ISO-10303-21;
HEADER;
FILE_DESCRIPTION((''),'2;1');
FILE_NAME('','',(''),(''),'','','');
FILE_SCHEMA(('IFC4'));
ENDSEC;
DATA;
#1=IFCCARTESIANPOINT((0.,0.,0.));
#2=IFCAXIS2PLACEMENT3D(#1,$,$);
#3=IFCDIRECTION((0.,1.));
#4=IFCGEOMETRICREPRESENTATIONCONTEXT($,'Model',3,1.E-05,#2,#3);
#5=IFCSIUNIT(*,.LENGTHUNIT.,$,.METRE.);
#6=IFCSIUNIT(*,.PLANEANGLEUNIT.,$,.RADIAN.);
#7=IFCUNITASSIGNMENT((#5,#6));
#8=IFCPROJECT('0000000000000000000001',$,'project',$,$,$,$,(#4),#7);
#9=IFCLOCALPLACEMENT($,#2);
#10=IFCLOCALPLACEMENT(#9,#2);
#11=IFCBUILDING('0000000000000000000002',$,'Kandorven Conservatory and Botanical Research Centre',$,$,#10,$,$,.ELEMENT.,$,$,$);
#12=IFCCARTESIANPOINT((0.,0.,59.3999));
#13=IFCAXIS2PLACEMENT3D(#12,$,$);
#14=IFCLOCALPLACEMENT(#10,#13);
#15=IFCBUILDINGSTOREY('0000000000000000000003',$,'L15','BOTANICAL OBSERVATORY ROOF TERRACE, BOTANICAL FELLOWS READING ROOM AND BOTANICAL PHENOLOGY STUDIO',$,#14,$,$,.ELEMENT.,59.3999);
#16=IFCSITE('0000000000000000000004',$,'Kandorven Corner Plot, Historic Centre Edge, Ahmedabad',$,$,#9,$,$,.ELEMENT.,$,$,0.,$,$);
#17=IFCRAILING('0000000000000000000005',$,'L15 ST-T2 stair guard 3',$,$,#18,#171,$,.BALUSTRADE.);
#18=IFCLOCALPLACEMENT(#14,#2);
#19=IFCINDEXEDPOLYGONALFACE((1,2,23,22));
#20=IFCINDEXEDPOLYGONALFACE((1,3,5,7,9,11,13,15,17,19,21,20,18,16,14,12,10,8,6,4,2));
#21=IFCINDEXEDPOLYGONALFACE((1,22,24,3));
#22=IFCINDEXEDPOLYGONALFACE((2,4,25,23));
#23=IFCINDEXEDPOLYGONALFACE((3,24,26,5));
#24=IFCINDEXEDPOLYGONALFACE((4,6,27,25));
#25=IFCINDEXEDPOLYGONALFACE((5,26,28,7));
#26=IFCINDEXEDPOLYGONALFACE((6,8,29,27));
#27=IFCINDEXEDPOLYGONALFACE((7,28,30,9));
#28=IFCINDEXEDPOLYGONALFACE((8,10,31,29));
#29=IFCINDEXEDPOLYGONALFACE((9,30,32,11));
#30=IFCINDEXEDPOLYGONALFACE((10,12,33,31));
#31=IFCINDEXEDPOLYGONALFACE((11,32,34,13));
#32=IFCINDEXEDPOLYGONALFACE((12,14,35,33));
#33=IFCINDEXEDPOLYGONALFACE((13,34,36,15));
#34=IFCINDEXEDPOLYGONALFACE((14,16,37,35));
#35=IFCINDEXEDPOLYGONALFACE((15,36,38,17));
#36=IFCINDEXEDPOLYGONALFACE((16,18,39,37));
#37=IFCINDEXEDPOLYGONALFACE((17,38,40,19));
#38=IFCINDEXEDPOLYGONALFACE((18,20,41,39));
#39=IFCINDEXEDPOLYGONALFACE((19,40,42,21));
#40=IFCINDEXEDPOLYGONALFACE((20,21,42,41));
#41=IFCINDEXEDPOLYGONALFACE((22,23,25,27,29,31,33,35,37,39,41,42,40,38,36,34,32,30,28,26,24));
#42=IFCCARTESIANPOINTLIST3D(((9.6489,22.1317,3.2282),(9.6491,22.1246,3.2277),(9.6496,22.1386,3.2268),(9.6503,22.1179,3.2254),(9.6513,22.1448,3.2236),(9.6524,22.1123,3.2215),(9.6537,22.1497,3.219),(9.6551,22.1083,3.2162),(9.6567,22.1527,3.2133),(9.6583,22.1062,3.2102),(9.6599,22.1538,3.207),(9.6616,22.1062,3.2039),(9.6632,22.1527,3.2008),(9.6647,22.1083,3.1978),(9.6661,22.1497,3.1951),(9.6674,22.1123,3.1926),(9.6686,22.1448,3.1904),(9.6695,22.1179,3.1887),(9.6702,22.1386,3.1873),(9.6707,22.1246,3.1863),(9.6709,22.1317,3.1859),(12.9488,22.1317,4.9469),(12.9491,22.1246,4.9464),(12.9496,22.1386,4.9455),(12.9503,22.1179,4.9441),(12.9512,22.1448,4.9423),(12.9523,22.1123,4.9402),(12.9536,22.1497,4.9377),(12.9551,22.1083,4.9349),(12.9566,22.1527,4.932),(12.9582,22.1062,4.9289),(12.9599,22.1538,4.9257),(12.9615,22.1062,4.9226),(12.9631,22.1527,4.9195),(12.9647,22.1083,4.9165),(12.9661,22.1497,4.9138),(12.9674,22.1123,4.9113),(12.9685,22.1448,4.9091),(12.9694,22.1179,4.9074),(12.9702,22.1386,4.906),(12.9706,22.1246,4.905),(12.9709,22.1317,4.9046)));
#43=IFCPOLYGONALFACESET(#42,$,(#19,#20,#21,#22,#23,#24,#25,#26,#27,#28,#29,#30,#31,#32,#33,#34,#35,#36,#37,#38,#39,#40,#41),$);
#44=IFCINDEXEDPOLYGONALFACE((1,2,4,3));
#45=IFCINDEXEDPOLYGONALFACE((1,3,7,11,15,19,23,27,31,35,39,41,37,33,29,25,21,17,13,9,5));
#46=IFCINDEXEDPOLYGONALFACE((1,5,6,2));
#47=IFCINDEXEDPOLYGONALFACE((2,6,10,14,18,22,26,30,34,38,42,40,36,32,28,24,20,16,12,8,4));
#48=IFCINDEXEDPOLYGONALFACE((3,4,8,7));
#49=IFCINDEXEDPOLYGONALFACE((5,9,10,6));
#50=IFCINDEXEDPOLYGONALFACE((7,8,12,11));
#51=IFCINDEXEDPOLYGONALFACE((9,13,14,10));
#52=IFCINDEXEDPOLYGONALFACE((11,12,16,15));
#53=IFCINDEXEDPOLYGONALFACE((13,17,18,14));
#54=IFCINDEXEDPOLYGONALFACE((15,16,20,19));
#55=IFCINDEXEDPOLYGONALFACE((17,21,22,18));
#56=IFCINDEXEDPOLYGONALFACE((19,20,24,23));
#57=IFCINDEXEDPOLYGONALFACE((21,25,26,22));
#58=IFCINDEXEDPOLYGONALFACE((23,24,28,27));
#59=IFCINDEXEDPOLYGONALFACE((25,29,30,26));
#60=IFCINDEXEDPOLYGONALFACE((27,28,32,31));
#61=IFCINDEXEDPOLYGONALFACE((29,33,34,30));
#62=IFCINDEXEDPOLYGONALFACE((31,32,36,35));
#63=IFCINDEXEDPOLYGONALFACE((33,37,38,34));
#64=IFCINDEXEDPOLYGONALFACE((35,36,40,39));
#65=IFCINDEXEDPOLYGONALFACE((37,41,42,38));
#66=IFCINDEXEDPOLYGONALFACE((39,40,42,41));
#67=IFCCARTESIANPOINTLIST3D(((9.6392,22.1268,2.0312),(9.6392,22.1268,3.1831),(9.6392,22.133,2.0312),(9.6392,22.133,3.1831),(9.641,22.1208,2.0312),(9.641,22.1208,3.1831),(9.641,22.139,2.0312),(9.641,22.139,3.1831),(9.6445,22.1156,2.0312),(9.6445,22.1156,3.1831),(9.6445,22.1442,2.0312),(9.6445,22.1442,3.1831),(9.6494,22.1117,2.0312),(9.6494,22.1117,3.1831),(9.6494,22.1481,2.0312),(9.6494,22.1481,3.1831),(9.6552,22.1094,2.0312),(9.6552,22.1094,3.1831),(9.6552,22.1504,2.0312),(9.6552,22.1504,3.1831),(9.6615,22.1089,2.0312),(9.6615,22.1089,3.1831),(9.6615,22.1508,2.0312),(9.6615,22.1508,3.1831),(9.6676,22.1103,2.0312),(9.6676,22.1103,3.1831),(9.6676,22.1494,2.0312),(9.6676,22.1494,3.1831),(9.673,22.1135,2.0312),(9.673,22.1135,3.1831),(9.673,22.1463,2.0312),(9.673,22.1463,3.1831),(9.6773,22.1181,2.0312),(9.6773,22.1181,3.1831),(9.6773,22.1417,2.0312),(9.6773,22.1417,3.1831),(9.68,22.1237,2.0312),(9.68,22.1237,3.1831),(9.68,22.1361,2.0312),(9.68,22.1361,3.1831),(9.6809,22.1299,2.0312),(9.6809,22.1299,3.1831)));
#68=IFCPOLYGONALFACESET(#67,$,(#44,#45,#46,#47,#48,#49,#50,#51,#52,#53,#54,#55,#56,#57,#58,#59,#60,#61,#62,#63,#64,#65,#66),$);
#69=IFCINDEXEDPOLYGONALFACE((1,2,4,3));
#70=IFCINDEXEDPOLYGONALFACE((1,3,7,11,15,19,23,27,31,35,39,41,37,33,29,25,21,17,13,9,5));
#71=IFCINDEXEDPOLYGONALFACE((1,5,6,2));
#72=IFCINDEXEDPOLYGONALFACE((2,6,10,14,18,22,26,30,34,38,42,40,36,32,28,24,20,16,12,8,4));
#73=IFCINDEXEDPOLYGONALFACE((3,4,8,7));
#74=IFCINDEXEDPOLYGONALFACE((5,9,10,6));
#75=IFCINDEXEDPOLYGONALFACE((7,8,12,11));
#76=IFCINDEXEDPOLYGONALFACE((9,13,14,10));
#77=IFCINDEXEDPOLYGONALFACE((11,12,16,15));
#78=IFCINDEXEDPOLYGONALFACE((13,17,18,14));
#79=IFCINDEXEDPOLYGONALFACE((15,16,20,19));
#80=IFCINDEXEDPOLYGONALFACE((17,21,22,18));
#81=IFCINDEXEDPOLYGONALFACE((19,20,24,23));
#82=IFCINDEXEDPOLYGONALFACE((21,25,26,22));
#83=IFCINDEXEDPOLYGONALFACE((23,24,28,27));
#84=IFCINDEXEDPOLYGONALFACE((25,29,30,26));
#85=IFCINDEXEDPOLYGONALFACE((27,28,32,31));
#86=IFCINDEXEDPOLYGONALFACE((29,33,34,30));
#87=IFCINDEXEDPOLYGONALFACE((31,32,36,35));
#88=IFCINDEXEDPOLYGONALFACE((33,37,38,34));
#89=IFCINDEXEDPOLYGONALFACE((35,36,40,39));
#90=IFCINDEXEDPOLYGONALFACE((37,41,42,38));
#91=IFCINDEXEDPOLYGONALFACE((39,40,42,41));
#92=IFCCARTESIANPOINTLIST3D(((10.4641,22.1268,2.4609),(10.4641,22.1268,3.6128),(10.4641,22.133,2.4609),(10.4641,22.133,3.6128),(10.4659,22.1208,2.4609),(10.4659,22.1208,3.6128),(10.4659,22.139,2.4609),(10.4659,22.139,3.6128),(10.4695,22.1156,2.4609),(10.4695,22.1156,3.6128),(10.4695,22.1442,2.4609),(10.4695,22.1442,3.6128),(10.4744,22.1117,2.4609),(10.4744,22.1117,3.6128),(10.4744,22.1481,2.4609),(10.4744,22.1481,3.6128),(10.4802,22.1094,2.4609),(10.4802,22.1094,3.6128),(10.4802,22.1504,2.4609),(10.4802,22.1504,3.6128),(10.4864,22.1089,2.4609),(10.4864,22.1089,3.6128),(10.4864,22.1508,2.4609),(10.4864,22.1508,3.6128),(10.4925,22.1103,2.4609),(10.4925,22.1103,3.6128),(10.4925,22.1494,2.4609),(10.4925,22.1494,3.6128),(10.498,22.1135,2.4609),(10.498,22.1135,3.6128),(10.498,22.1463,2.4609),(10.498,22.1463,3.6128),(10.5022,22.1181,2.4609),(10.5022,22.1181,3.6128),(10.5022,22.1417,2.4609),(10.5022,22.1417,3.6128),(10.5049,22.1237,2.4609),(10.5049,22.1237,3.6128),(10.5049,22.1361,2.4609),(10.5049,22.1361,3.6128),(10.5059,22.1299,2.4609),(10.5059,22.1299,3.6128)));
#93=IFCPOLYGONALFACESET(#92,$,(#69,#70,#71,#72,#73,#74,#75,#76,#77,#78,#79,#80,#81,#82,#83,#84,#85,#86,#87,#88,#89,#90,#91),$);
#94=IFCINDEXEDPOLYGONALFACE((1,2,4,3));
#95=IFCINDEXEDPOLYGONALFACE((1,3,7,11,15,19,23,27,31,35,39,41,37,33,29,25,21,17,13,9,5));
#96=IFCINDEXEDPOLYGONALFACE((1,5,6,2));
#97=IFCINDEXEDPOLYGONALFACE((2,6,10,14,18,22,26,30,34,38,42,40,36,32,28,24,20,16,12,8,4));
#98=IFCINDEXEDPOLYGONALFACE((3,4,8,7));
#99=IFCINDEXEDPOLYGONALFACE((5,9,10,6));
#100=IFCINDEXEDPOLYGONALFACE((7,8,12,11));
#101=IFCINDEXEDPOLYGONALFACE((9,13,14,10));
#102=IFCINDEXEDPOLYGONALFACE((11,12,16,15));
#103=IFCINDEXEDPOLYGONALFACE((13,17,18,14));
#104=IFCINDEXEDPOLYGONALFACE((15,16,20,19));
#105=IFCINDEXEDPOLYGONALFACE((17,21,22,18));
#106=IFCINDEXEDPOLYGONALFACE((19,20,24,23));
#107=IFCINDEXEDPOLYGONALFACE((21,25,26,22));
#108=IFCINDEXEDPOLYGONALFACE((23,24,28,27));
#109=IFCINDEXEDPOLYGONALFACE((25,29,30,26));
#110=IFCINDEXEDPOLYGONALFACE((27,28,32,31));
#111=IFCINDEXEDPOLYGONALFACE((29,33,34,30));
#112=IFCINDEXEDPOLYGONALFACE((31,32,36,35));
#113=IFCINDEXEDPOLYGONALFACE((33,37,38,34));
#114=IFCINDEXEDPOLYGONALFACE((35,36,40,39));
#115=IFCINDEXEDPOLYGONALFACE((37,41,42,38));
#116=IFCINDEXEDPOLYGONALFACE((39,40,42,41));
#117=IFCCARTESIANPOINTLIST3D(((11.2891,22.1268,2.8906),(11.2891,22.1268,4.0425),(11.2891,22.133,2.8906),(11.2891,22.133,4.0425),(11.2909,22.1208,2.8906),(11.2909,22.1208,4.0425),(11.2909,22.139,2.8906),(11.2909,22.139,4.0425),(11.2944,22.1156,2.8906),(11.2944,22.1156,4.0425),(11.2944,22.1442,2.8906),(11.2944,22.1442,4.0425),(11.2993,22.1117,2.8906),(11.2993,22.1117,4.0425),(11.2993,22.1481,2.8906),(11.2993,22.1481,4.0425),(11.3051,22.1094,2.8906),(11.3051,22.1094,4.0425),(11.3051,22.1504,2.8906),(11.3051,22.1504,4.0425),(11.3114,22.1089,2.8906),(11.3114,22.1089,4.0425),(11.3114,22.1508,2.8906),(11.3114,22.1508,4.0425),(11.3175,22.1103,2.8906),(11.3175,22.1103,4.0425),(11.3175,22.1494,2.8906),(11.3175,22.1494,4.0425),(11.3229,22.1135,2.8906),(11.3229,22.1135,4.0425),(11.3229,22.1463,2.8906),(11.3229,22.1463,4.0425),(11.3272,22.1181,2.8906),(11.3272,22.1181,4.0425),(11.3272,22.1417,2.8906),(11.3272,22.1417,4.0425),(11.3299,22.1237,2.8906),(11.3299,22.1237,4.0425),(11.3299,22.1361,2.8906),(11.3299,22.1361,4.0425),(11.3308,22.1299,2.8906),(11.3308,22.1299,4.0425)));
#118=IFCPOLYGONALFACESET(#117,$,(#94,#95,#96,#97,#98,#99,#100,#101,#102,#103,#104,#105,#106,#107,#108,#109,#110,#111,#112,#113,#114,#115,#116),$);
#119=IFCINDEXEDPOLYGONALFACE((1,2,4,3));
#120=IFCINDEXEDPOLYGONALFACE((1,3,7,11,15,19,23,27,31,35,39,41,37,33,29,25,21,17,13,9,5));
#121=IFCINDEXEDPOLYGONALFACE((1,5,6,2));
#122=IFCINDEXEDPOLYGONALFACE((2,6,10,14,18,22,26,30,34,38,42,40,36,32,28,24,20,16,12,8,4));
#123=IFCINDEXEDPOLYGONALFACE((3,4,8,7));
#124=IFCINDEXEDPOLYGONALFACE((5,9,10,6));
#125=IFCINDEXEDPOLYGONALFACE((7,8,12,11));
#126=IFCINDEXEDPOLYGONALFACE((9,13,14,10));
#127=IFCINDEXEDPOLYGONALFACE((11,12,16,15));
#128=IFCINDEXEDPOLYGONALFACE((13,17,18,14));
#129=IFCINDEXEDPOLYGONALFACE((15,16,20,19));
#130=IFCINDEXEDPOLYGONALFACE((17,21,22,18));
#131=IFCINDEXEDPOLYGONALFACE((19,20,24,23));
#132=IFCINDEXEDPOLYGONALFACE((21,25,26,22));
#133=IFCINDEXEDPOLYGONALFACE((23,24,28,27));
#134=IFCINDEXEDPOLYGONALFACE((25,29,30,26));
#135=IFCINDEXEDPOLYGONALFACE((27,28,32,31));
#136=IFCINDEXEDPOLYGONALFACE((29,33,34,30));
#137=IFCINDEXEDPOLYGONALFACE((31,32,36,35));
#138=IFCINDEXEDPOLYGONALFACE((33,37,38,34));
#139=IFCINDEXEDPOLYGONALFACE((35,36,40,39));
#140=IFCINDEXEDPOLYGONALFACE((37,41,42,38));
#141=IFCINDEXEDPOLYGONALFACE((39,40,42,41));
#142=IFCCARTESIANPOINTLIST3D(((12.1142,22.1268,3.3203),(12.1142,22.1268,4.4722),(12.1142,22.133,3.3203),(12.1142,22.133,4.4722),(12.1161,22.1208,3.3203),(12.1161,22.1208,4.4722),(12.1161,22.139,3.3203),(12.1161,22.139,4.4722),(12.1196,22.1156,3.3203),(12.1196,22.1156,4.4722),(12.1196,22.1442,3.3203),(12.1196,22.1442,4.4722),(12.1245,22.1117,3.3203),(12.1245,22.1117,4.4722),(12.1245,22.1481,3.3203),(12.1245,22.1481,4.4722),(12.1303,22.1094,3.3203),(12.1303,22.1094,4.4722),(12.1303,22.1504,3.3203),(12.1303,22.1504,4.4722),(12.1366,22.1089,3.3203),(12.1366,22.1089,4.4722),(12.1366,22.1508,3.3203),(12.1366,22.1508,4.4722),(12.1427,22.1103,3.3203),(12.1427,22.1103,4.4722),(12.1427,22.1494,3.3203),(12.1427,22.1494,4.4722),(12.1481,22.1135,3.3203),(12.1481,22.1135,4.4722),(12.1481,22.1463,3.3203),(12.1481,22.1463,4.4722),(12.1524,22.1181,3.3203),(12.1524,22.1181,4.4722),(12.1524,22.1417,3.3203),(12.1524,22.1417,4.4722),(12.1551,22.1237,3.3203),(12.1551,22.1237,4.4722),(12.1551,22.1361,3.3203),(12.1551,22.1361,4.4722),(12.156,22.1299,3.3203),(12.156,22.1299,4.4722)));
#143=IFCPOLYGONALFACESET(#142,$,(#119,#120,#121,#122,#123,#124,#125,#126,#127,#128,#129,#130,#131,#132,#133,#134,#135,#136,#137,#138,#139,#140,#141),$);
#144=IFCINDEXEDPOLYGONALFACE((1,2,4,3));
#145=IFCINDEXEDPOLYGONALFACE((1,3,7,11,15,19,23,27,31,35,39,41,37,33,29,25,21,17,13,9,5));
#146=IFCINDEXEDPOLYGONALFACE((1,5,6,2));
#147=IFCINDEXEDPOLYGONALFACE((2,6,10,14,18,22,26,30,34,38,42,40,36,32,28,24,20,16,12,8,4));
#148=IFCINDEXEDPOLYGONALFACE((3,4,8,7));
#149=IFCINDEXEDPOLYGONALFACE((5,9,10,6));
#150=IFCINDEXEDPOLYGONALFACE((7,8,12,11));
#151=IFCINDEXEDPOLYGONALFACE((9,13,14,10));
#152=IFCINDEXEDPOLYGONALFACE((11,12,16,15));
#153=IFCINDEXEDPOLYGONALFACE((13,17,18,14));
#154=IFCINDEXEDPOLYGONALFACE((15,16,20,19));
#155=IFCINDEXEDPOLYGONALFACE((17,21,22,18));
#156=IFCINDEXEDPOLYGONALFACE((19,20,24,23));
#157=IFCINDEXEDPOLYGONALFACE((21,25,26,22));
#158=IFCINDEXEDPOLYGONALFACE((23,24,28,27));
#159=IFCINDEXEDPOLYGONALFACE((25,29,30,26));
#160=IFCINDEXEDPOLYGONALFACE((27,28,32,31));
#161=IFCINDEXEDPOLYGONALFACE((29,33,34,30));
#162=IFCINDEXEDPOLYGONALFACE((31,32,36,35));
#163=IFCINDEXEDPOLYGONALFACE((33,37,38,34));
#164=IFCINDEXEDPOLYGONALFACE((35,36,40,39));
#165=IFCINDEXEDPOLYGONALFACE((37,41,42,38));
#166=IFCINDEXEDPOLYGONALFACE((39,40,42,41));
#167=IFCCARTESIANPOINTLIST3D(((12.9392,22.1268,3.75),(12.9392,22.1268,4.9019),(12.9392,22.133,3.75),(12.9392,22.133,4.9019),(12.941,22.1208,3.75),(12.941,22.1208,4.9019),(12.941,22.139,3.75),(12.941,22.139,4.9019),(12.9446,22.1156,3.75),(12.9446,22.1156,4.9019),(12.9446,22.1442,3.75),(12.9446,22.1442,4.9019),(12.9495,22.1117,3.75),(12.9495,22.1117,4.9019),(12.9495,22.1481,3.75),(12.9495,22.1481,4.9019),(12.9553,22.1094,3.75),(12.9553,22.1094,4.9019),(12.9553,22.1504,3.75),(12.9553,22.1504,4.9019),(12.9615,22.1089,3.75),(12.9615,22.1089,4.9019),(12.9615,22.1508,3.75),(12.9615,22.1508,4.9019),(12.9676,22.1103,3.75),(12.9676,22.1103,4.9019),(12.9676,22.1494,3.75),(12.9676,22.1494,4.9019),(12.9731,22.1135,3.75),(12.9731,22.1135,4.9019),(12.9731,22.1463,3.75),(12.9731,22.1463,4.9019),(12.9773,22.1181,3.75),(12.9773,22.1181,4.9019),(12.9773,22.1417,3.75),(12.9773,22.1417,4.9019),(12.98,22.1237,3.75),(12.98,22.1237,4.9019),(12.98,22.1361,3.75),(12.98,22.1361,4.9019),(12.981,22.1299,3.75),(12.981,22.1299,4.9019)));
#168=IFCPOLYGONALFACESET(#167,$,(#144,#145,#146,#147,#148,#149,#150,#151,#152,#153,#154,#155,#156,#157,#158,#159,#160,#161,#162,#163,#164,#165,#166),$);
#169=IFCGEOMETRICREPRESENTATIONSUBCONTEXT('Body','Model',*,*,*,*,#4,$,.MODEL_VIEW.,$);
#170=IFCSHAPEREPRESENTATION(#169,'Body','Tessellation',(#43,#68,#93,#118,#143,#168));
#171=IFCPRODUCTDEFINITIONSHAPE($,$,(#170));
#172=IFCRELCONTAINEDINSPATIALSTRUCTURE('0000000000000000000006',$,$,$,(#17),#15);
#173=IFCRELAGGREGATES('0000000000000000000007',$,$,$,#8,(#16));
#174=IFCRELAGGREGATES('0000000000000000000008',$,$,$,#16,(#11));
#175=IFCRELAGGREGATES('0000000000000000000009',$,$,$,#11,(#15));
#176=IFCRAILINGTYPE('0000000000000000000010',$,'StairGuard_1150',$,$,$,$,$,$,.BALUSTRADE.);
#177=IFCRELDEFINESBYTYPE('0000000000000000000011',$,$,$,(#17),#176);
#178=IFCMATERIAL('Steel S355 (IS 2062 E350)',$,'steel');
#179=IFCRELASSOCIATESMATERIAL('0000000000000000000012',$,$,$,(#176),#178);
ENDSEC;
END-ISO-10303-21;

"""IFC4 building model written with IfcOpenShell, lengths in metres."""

from ifc_helpers import new_model, si_unit, direction, frame, origin, origin_2d, place, context, subcontext, project, spatial, circle, extrude, material, type_object, element, save


model = new_model("IFC4")

# Units and contexts
model_context = context("Model", 3, precision=1e-05, world=origin(), true_north=direction((0.0, 1.0)))
body_context = subcontext(model_context, "Body", "Model", "MODEL_VIEW")
ifc_project = project(units=[si_unit("LENGTHUNIT", "METRE"), si_unit("PLANEANGLEUNIT", "RADIAN")], contexts=[model_context])

# Site, building, storey
site_placement = place(None, origin())
site = spatial("IfcSite", under=ifc_project, at=site_placement, Name="Kandorven Corner Plot, Historic Centre Edge, Ahmedabad", CompositionType="ELEMENT", RefElevation=0.0)
building_placement = place(site_placement, origin())
building = spatial("IfcBuilding", under=site, at=building_placement, Name="Kandorven Conservatory and Botanical Research Centre", CompositionType="ELEMENT")
storey_placement = place(building_placement, frame((0.0, 0.0, 59.3999)))
storey = spatial("IfcBuildingStorey", under=building, at=storey_placement, Name="L15", Description="BOTANICAL OBSERVATORY ROOF TERRACE, BOTANICAL FELLOWS READING ROOM AND BOTANICAL PHENOLOGY STUDIO", CompositionType="ELEMENT", Elevation=59.3999)

# Railing
ifc_material_1 = material(Name="Steel S355 (IS 2062 E350)", Category="steel")
railing_type_1 = type_object("IfcRailingType", Name="StairGuard_1150", PredefinedType="BALUSTRADE", material=ifc_material_1)
railing_1_placement = place(storey_placement, frame((9.6599, 22.1299, 2.0312)))
element("IfcRailing", 1, at=railing_1_placement, inside=storey, type_object=railing_type_1, Name="L15 ST-T2 stair guard 3", PredefinedType="BALUSTRADE", context=body_context, shape_type="SweptSolid", body=[
    extrude(circle(Radius=0.0239, at=origin_2d()), frame((0.0, 0.0, 1.1758), z_axis=(0.886917, 0.0, 0.461929), x_axis=(0.0, 1.0, 0.0)), (0.0, 0.0, 1.0), 3.7207),
    extrude(circle(Radius=0.021, at=origin_2d()), origin(), (0.0, 0.0, 1.0), 1.1519),
    extrude(circle(Radius=0.021, at=origin_2d()), frame((0.825, 0.0, 0.4297)), (0.0, 0.0, 1.0), 1.1519),
    extrude(circle(Radius=0.021, at=origin_2d()), frame((1.6499, 0.0, 0.8594)), (0.0, 0.0, 1.0), 1.1519),
    extrude(circle(Radius=0.021, at=origin_2d()), frame((2.4751, 0.0, 1.2891)), (0.0, 0.0, 1.0), 1.1519),
    extrude(circle(Radius=0.021, at=origin_2d()), frame((3.3, 0.0, 1.7188)), (0.0, 0.0, 1.0), 1.1519),
])

save(model, "model.ifc")
